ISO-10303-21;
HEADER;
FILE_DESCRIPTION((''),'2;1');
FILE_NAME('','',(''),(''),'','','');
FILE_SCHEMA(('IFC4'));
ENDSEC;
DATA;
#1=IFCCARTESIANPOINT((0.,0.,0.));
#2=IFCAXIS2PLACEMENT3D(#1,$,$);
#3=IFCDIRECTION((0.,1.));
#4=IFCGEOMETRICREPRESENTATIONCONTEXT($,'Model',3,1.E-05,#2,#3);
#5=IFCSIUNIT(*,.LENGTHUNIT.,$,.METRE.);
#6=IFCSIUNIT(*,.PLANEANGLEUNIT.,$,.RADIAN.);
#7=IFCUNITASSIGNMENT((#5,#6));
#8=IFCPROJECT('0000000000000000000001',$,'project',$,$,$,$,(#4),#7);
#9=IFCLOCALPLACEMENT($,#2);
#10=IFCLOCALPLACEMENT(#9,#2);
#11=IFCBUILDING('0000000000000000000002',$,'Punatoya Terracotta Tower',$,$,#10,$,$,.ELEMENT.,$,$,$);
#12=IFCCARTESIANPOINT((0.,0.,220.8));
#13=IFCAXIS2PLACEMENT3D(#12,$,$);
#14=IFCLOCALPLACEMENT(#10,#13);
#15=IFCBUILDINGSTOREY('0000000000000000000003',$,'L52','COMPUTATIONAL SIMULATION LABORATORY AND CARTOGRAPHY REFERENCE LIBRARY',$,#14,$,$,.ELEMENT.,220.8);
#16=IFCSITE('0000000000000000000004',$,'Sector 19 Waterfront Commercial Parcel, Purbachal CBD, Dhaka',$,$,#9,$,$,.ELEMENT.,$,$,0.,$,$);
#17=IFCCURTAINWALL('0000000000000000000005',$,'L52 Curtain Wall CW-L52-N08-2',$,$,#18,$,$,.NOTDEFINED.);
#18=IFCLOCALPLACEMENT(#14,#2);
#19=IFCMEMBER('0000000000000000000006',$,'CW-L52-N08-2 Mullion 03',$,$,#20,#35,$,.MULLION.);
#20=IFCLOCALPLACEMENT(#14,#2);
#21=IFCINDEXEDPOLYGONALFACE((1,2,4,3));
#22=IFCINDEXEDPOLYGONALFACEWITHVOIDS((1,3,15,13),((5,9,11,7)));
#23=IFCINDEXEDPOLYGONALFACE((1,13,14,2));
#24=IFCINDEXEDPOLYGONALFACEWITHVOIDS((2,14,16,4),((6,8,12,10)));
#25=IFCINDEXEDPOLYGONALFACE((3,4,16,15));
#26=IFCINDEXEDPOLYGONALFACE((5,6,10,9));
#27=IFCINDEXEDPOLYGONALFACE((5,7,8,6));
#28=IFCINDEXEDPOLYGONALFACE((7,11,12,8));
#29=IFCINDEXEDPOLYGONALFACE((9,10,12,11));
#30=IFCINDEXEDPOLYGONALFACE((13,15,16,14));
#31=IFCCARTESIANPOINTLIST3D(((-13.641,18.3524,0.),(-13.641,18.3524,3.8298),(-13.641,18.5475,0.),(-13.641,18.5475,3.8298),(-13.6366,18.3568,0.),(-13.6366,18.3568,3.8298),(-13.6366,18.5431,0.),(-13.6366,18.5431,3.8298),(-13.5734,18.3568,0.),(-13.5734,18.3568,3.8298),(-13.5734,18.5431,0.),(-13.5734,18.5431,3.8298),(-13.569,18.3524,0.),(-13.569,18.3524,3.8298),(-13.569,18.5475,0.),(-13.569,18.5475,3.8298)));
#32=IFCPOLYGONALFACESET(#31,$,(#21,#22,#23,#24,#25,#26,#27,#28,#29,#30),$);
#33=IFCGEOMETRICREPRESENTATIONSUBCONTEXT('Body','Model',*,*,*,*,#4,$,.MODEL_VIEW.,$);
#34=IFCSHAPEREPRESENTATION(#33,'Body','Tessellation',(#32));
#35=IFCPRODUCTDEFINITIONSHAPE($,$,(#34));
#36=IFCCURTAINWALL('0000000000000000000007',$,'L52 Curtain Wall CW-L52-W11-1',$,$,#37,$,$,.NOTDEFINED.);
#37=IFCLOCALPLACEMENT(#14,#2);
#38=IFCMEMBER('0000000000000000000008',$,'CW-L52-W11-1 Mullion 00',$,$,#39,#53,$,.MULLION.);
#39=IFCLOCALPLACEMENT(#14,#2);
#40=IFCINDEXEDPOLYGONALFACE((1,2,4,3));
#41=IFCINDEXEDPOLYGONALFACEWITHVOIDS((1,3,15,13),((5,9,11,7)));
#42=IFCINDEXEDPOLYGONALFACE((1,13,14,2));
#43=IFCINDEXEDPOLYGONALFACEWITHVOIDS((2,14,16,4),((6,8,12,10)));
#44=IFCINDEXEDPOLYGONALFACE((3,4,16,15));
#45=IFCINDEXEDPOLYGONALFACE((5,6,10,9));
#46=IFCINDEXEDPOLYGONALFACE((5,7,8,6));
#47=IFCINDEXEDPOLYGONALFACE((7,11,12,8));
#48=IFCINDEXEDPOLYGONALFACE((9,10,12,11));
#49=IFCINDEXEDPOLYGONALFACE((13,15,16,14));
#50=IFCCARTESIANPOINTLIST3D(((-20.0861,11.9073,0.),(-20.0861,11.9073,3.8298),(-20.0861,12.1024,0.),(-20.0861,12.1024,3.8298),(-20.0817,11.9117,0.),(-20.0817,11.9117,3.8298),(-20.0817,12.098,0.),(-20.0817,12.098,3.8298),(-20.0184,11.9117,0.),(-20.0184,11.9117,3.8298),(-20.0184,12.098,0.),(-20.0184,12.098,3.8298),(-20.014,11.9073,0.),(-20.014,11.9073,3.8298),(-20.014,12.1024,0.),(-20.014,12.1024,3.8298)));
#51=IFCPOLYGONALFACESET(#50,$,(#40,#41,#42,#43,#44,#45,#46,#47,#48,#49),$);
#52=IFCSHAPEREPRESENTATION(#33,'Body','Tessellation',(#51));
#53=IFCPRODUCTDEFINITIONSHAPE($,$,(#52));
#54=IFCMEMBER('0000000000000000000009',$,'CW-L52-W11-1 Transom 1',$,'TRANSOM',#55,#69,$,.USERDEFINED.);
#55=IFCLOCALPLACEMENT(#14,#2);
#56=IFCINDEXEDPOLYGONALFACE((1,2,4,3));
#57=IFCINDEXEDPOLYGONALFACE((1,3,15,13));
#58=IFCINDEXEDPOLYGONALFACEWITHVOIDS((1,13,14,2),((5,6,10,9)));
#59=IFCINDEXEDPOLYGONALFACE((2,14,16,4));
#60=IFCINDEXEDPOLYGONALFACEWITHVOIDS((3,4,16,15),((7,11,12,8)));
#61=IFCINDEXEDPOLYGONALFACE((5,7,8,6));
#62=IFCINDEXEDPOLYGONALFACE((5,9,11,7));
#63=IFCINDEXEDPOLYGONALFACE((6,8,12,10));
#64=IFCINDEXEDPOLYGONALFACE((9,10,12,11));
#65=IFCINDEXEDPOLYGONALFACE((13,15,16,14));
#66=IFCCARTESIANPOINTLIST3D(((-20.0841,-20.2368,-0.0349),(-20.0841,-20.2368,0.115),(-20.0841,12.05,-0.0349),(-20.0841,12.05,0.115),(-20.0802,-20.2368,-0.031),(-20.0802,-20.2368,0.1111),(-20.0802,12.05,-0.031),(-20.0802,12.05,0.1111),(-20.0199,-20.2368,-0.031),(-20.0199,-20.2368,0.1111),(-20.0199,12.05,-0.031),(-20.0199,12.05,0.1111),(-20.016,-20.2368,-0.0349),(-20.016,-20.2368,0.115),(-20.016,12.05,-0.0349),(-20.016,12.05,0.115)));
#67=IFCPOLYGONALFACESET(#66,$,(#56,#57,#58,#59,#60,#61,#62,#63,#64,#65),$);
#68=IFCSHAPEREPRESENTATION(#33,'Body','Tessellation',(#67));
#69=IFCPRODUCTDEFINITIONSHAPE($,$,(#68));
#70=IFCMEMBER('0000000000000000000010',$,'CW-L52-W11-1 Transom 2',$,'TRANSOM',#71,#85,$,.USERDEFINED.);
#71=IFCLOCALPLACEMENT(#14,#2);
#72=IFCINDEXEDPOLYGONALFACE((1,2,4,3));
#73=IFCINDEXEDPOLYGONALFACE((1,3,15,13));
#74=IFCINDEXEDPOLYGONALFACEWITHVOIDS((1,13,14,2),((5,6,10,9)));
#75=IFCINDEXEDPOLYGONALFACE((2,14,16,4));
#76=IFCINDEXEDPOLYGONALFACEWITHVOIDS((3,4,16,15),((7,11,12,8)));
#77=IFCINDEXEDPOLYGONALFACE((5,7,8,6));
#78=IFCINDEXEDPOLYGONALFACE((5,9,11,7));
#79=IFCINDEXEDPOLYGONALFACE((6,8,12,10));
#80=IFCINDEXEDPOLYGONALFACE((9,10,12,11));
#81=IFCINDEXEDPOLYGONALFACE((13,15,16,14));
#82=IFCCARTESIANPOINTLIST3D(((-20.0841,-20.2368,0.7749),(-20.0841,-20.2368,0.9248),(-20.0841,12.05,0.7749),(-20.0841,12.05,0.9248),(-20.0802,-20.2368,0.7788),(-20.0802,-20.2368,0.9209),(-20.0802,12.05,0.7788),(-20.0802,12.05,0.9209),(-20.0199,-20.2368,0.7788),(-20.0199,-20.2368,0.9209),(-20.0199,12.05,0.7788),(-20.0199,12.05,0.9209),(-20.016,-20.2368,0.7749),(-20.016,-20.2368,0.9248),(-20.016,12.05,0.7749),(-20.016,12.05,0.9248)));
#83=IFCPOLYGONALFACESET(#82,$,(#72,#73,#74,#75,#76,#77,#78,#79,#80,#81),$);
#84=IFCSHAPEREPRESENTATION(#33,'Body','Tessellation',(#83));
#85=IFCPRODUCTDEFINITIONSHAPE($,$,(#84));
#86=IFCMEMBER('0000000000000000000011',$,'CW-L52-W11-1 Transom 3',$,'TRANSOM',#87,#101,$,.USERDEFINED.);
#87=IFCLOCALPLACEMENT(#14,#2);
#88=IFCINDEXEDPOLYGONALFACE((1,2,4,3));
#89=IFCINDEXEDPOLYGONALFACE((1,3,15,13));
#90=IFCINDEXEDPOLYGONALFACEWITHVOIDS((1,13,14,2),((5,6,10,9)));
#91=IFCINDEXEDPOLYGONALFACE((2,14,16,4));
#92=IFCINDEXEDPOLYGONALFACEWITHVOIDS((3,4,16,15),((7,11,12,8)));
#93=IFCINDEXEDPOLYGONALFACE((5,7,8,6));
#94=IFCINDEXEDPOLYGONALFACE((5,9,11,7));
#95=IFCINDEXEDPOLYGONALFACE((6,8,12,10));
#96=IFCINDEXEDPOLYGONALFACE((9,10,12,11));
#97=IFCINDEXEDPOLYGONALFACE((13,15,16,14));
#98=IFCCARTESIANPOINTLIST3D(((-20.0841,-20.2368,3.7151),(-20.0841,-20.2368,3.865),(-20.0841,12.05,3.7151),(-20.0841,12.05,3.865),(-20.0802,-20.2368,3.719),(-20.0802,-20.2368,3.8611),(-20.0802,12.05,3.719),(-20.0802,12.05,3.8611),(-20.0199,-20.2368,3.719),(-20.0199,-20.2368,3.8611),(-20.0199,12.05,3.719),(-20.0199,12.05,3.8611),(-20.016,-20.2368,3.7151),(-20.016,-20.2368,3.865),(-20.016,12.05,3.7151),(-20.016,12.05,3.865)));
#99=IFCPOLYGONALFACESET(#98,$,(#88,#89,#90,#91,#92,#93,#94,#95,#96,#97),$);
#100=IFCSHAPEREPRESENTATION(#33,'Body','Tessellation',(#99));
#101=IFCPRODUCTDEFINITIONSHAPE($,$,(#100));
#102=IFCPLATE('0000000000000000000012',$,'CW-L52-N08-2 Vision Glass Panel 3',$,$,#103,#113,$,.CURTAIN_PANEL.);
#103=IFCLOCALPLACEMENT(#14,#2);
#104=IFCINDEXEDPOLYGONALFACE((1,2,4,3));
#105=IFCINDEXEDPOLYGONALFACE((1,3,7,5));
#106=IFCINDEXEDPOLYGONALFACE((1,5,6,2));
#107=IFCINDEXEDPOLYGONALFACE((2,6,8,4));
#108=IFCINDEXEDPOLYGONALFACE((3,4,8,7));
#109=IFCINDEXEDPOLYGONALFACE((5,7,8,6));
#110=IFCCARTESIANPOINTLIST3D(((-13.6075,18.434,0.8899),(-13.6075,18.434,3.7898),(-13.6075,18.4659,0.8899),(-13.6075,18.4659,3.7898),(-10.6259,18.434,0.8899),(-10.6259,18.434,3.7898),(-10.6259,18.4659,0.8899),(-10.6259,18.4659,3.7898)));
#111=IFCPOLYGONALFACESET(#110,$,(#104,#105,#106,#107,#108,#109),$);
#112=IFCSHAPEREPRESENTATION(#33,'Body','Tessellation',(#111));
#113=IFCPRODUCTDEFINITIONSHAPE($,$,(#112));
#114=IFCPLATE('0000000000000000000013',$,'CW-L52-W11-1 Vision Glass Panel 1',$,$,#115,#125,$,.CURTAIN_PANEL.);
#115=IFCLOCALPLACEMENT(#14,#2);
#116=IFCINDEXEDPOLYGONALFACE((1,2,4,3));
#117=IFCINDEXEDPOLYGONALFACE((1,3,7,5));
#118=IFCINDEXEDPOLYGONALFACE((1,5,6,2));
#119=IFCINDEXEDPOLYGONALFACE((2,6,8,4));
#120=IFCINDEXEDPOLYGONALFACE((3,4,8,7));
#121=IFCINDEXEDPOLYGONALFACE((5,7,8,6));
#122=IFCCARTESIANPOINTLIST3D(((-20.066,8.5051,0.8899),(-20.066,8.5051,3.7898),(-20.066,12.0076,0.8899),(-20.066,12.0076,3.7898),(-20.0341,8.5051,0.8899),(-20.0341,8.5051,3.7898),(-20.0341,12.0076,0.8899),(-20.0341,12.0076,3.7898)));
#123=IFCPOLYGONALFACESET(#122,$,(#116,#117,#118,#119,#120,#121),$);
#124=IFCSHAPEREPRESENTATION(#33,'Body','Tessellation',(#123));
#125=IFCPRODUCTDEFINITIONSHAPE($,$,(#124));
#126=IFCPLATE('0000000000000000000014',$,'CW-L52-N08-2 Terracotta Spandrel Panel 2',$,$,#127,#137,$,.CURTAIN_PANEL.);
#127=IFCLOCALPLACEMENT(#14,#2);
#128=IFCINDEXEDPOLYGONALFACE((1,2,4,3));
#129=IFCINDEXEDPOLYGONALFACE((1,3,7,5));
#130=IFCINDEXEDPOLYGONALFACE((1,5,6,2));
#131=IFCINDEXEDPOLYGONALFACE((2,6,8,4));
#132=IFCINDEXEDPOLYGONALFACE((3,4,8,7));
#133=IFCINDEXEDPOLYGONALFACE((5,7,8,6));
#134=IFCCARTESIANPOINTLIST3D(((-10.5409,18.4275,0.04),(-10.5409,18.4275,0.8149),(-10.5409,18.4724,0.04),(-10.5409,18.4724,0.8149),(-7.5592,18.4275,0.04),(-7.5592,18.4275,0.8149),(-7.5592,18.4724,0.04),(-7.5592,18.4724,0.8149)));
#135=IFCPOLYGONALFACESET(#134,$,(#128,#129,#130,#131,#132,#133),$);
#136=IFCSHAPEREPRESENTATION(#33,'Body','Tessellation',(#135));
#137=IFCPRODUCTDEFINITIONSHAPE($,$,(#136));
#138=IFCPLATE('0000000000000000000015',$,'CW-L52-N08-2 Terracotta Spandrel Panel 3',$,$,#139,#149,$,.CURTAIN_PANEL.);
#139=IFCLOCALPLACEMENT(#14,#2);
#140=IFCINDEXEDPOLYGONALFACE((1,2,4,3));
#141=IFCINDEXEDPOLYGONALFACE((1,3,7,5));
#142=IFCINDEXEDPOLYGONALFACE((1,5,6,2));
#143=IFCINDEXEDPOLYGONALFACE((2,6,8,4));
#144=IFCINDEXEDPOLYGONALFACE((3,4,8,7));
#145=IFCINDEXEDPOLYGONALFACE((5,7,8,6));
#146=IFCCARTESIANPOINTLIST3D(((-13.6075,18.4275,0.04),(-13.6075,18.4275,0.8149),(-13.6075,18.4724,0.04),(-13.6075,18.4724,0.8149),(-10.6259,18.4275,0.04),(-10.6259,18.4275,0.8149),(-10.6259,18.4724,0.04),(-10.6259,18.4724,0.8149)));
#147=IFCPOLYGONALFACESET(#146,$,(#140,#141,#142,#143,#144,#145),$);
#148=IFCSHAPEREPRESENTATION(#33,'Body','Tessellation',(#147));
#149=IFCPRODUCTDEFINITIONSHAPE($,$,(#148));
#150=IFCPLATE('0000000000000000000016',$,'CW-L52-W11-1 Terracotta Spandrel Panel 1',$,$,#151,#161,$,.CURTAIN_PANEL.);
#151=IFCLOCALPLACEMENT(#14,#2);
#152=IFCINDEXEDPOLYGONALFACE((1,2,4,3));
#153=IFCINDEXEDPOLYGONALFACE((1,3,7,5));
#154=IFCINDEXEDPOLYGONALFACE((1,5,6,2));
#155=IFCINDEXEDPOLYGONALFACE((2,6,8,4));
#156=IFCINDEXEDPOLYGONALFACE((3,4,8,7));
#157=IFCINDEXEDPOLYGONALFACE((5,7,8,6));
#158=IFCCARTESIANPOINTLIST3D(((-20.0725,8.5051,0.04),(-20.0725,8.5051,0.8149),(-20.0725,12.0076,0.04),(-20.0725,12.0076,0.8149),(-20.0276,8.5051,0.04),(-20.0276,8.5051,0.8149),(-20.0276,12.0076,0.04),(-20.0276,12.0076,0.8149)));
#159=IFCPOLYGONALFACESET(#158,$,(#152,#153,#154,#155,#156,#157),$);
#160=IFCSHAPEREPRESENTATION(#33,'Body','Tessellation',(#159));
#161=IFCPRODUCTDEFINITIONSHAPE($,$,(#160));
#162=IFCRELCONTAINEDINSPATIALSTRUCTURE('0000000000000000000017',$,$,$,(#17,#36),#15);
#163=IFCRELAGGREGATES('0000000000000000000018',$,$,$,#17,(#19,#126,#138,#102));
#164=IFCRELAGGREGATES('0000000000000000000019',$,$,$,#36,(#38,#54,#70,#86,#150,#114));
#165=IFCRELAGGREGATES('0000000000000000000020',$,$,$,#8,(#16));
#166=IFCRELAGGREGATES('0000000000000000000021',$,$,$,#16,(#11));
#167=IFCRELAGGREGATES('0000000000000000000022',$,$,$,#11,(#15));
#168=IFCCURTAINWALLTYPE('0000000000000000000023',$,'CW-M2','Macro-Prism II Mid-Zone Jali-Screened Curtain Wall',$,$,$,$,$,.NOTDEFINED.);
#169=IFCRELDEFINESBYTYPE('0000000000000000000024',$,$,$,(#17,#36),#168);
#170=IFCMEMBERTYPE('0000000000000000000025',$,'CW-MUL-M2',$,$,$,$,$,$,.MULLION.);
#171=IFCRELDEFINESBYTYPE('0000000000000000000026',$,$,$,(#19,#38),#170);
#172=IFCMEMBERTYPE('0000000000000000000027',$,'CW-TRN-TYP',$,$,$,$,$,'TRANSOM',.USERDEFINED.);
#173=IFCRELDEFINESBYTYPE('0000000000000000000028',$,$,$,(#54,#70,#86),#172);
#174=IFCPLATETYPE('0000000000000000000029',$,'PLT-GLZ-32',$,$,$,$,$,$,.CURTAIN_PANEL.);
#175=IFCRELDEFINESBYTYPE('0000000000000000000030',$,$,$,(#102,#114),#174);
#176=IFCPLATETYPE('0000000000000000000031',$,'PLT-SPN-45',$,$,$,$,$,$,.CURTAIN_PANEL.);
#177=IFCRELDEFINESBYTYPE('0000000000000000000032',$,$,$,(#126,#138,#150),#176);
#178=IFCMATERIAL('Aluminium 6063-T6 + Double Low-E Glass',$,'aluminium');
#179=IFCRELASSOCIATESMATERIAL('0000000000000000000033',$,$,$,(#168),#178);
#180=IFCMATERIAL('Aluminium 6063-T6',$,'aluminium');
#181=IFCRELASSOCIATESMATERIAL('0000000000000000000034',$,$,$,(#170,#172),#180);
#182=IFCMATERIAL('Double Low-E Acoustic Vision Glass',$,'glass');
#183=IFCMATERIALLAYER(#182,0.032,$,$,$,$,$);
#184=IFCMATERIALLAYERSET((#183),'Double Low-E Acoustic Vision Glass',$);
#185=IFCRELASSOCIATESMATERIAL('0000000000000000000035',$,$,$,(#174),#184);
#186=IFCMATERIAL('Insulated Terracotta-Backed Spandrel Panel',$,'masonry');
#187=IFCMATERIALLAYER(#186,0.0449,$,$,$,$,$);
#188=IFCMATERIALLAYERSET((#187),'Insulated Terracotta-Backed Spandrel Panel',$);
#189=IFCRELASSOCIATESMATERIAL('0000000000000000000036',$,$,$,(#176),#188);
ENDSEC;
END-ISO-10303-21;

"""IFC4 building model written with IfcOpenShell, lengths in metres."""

from ifc_helpers import new_model, si_unit, direction, frame, origin, origin_2d, place, context, subcontext, project, spatial, rectangle, hollow_rectangle, extrude, material, layer, layer_set, material_profile, profile_set, type_object, element, aggregate, save


model = new_model("IFC4")

# Units and contexts
model_context = context("Model", 3, precision=1e-05, world=origin(), true_north=direction((0.0, 1.0)))
body_context = subcontext(model_context, "Body", "Model", "MODEL_VIEW")
ifc_project = project(units=[si_unit("LENGTHUNIT", "METRE"), si_unit("PLANEANGLEUNIT", "RADIAN")], contexts=[model_context])

# Site, building, storey
site_placement = place(None, origin())
site = spatial("IfcSite", under=ifc_project, at=site_placement, Name="Sector 19 Waterfront Commercial Parcel, Purbachal CBD, Dhaka", CompositionType="ELEMENT", RefElevation=0.0)
building_placement = place(site_placement, origin())
building = spatial("IfcBuilding", under=site, at=building_placement, Name="Punatoya Terracotta Tower", CompositionType="ELEMENT")
storey_placement = place(building_placement, frame((0.0, 0.0, 220.8)))
storey = spatial("IfcBuildingStorey", under=building, at=storey_placement, Name="L52", Description="COMPUTATIONAL SIMULATION LABORATORY AND CARTOGRAPHY REFERENCE LIBRARY", CompositionType="ELEMENT", Elevation=220.8)

# Curtain walls, members
ifc_material_1 = material(Name="Aluminium 6063-T6 + Double Low-E Glass", Category="aluminium")
curtain_wall_type = type_object("IfcCurtainWallType", Name="CW-M2", Description="Macro-Prism II Mid-Zone Jali-Screened Curtain Wall", PredefinedType="NOTDEFINED", material=ifc_material_1)
curtain_wall_1_placement = place(storey_placement, origin())
curtain_wall_1 = element("IfcCurtainWall", 1, at=curtain_wall_1_placement, inside=storey, type_object=curtain_wall_type, Name="L52 Curtain Wall CW-L52-N08-2", PredefinedType="NOTDEFINED")
ifc_material_2 = material(Name="Aluminium 6063-T6", Category="aluminium")
ifc_material_profile_1 = material_profile(ifc_material_2, hollow_rectangle(XDim=0.072, YDim=0.1951, WallThickness=0.0044, at=origin_2d()))
ifc_profile_set_1 = profile_set([ifc_material_profile_1], Name="Aluminium 6063-T6")
member_type_1 = type_object("IfcMemberType", Name="CW-MUL-M2", PredefinedType="MULLION", material=ifc_profile_set_1)
member_1_placement = place(storey_placement, frame((-13.605, 18.45, 0.0), z_axis=(0.0, 0.0, 1.0), x_axis=(1.0, 0.0, 0.0)))
member_1 = element("IfcMember", 2, at=member_1_placement, type_object=member_type_1, Name="CW-L52-N08-2 Mullion 03", PredefinedType="MULLION", context=body_context, shape_type="SweptSolid", body=[
    extrude(hollow_rectangle(XDim=0.072, YDim=0.1951, WallThickness=0.0044, at=origin_2d()), origin(), (0.0, 0.0, 1.0), 3.8298),
])
curtain_wall_2_placement = place(storey_placement, origin())
curtain_wall_2 = element("IfcCurtainWall", 3, at=curtain_wall_2_placement, inside=storey, type_object=curtain_wall_type, Name="L52 Curtain Wall CW-L52-W11-1", PredefinedType="NOTDEFINED")
member_2_placement = place(storey_placement, frame((-20.05, 12.0049, 0.0), z_axis=(0.0, 0.0, 1.0), x_axis=(1.0, 0.0, 0.0)))
member_2 = element("IfcMember", 4, at=member_2_placement, type_object=member_type_1, Name="CW-L52-W11-1 Mullion 00", PredefinedType="MULLION", context=body_context, shape_type="SweptSolid", body=[
    extrude(hollow_rectangle(XDim=0.072, YDim=0.1951, WallThickness=0.0044, at=origin_2d()), origin(), (0.0, 0.0, 1.0), 3.8298),
])
ifc_material_profile_2 = material_profile(ifc_material_2, hollow_rectangle(XDim=0.0681, YDim=0.1499, WallThickness=0.0039, at=origin_2d()))
ifc_profile_set_2 = profile_set([ifc_material_profile_2], Name="Aluminium 6063-T6")
member_type_2 = type_object("IfcMemberType", Name="CW-TRN-TYP", ElementType="TRANSOM", PredefinedType="USERDEFINED", material=ifc_profile_set_2)
member_3_placement = place(storey_placement, frame((-20.05, 12.05, 0.04), z_axis=(0.0, -1.0, 0.0), x_axis=(1.0, 0.0, 0.0)))
member_3 = element("IfcMember", 5, at=member_3_placement, type_object=member_type_2, Name="CW-L52-W11-1 Transom 1", ObjectType="TRANSOM", PredefinedType="USERDEFINED", context=body_context, shape_type="SweptSolid", body=[
    extrude(hollow_rectangle(XDim=0.0681, YDim=0.1499, WallThickness=0.0039, at=origin_2d()), origin(), (0.0, 0.0, 1.0), 32.2869),
])
member_4_placement = place(storey_placement, frame((-20.05, 12.05, 0.8499), z_axis=(0.0, -1.0, 0.0), x_axis=(1.0, 0.0, 0.0)))
member_4 = element("IfcMember", 6, at=member_4_placement, type_object=member_type_2, Name="CW-L52-W11-1 Transom 2", ObjectType="TRANSOM", PredefinedType="USERDEFINED", context=body_context, shape_type="SweptSolid", body=[
    extrude(hollow_rectangle(XDim=0.0681, YDim=0.1499, WallThickness=0.0039, at=origin_2d()), origin(), (0.0, 0.0, 1.0), 32.2869),
])
member_5_placement = place(storey_placement, frame((-20.05, 12.05, 3.79), z_axis=(0.0, -1.0, 0.0), x_axis=(1.0, 0.0, 0.0)))
member_5 = element("IfcMember", 7, at=member_5_placement, type_object=member_type_2, Name="CW-L52-W11-1 Transom 3", ObjectType="TRANSOM", PredefinedType="USERDEFINED", context=body_context, shape_type="SweptSolid", body=[
    extrude(hollow_rectangle(XDim=0.0681, YDim=0.1499, WallThickness=0.0039, at=origin_2d()), origin(), (0.0, 0.0, 1.0), 32.2869),
])

# Plates
ifc_material_3 = material(Name="Double Low-E Acoustic Vision Glass", Category="glass")
ifc_layer_1 = layer(ifc_material_3, 0.032)
ifc_layer_set_1 = layer_set([ifc_layer_1], Name="Double Low-E Acoustic Vision Glass")
plate_type_1 = type_object("IfcPlateType", Name="PLT-GLZ-32", PredefinedType="CURTAIN_PANEL", material=ifc_layer_set_1)
plate_1_placement = place(storey_placement, frame((-12.1167, 18.45, 0.8899), z_axis=(0.0, 0.0, 1.0), x_axis=(-1.0, 0.0, 0.0)))
plate_1 = element("IfcPlate", 8, at=plate_1_placement, type_object=plate_type_1, Name="CW-L52-N08-2 Vision Glass Panel 3", PredefinedType="CURTAIN_PANEL", context=body_context, shape_type="SweptSolid", body=[
    extrude(rectangle(XDim=2.9817, YDim=0.032, at=origin_2d()), origin(), (0.0, 0.0, 1.0), 2.8999),
])
plate_2_placement = place(storey_placement, frame((-20.05, 10.2563, 0.8899), z_axis=(0.0, 0.0, 1.0), x_axis=(0.0, -1.0, 0.0)))
plate_2 = element("IfcPlate", 9, at=plate_2_placement, type_object=plate_type_1, Name="CW-L52-W11-1 Vision Glass Panel 1", PredefinedType="CURTAIN_PANEL", context=body_context, shape_type="SweptSolid", body=[
    extrude(rectangle(XDim=3.5024, YDim=0.032, at=origin_2d()), origin(), (0.0, 0.0, 1.0), 2.8999),
])
ifc_material_4 = material(Name="Insulated Terracotta-Backed Spandrel Panel", Category="masonry")
ifc_layer_2 = layer(ifc_material_4, 0.0449)
ifc_layer_set_2 = layer_set([ifc_layer_2], Name="Insulated Terracotta-Backed Spandrel Panel")
plate_type_2 = type_object("IfcPlateType", Name="PLT-SPN-45", PredefinedType="CURTAIN_PANEL", material=ifc_layer_set_2)
plate_3_placement = place(storey_placement, frame((-9.05, 18.45, 0.04), z_axis=(0.0, 0.0, 1.0), x_axis=(-1.0, 0.0, 0.0)))
plate_3 = element("IfcPlate", 10, at=plate_3_placement, type_object=plate_type_2, Name="CW-L52-N08-2 Terracotta Spandrel Panel 2", PredefinedType="CURTAIN_PANEL", context=body_context, shape_type="SweptSolid", body=[
    extrude(rectangle(XDim=2.9817, YDim=0.0449, at=origin_2d()), origin(), (0.0, 0.0, 1.0), 0.7749),
])
plate_4_placement = place(storey_placement, frame((-12.1167, 18.45, 0.04), z_axis=(0.0, 0.0, 1.0), x_axis=(-1.0, 0.0, 0.0)))
plate_4 = element("IfcPlate", 11, at=plate_4_placement, type_object=plate_type_2, Name="CW-L52-N08-2 Terracotta Spandrel Panel 3", PredefinedType="CURTAIN_PANEL", context=body_context, shape_type="SweptSolid", body=[
    extrude(rectangle(XDim=2.9817, YDim=0.0449, at=origin_2d()), origin(), (0.0, 0.0, 1.0), 0.7749),
])
aggregate(curtain_wall_1, [member_1, plate_3, plate_4, plate_1])
plate_5_placement = place(storey_placement, frame((-20.05, 10.2563, 0.04), z_axis=(0.0, 0.0, 1.0), x_axis=(0.0, -1.0, 0.0)))
plate_5 = element("IfcPlate", 12, at=plate_5_placement, type_object=plate_type_2, Name="CW-L52-W11-1 Terracotta Spandrel Panel 1", PredefinedType="CURTAIN_PANEL", context=body_context, shape_type="SweptSolid", body=[
    extrude(rectangle(XDim=3.5024, YDim=0.0449, at=origin_2d()), origin(), (0.0, 0.0, 1.0), 0.7749),
])
aggregate(curtain_wall_2, [member_2, member_3, member_4, member_5, plate_5, plate_2])

save(model, "model.ifc")
